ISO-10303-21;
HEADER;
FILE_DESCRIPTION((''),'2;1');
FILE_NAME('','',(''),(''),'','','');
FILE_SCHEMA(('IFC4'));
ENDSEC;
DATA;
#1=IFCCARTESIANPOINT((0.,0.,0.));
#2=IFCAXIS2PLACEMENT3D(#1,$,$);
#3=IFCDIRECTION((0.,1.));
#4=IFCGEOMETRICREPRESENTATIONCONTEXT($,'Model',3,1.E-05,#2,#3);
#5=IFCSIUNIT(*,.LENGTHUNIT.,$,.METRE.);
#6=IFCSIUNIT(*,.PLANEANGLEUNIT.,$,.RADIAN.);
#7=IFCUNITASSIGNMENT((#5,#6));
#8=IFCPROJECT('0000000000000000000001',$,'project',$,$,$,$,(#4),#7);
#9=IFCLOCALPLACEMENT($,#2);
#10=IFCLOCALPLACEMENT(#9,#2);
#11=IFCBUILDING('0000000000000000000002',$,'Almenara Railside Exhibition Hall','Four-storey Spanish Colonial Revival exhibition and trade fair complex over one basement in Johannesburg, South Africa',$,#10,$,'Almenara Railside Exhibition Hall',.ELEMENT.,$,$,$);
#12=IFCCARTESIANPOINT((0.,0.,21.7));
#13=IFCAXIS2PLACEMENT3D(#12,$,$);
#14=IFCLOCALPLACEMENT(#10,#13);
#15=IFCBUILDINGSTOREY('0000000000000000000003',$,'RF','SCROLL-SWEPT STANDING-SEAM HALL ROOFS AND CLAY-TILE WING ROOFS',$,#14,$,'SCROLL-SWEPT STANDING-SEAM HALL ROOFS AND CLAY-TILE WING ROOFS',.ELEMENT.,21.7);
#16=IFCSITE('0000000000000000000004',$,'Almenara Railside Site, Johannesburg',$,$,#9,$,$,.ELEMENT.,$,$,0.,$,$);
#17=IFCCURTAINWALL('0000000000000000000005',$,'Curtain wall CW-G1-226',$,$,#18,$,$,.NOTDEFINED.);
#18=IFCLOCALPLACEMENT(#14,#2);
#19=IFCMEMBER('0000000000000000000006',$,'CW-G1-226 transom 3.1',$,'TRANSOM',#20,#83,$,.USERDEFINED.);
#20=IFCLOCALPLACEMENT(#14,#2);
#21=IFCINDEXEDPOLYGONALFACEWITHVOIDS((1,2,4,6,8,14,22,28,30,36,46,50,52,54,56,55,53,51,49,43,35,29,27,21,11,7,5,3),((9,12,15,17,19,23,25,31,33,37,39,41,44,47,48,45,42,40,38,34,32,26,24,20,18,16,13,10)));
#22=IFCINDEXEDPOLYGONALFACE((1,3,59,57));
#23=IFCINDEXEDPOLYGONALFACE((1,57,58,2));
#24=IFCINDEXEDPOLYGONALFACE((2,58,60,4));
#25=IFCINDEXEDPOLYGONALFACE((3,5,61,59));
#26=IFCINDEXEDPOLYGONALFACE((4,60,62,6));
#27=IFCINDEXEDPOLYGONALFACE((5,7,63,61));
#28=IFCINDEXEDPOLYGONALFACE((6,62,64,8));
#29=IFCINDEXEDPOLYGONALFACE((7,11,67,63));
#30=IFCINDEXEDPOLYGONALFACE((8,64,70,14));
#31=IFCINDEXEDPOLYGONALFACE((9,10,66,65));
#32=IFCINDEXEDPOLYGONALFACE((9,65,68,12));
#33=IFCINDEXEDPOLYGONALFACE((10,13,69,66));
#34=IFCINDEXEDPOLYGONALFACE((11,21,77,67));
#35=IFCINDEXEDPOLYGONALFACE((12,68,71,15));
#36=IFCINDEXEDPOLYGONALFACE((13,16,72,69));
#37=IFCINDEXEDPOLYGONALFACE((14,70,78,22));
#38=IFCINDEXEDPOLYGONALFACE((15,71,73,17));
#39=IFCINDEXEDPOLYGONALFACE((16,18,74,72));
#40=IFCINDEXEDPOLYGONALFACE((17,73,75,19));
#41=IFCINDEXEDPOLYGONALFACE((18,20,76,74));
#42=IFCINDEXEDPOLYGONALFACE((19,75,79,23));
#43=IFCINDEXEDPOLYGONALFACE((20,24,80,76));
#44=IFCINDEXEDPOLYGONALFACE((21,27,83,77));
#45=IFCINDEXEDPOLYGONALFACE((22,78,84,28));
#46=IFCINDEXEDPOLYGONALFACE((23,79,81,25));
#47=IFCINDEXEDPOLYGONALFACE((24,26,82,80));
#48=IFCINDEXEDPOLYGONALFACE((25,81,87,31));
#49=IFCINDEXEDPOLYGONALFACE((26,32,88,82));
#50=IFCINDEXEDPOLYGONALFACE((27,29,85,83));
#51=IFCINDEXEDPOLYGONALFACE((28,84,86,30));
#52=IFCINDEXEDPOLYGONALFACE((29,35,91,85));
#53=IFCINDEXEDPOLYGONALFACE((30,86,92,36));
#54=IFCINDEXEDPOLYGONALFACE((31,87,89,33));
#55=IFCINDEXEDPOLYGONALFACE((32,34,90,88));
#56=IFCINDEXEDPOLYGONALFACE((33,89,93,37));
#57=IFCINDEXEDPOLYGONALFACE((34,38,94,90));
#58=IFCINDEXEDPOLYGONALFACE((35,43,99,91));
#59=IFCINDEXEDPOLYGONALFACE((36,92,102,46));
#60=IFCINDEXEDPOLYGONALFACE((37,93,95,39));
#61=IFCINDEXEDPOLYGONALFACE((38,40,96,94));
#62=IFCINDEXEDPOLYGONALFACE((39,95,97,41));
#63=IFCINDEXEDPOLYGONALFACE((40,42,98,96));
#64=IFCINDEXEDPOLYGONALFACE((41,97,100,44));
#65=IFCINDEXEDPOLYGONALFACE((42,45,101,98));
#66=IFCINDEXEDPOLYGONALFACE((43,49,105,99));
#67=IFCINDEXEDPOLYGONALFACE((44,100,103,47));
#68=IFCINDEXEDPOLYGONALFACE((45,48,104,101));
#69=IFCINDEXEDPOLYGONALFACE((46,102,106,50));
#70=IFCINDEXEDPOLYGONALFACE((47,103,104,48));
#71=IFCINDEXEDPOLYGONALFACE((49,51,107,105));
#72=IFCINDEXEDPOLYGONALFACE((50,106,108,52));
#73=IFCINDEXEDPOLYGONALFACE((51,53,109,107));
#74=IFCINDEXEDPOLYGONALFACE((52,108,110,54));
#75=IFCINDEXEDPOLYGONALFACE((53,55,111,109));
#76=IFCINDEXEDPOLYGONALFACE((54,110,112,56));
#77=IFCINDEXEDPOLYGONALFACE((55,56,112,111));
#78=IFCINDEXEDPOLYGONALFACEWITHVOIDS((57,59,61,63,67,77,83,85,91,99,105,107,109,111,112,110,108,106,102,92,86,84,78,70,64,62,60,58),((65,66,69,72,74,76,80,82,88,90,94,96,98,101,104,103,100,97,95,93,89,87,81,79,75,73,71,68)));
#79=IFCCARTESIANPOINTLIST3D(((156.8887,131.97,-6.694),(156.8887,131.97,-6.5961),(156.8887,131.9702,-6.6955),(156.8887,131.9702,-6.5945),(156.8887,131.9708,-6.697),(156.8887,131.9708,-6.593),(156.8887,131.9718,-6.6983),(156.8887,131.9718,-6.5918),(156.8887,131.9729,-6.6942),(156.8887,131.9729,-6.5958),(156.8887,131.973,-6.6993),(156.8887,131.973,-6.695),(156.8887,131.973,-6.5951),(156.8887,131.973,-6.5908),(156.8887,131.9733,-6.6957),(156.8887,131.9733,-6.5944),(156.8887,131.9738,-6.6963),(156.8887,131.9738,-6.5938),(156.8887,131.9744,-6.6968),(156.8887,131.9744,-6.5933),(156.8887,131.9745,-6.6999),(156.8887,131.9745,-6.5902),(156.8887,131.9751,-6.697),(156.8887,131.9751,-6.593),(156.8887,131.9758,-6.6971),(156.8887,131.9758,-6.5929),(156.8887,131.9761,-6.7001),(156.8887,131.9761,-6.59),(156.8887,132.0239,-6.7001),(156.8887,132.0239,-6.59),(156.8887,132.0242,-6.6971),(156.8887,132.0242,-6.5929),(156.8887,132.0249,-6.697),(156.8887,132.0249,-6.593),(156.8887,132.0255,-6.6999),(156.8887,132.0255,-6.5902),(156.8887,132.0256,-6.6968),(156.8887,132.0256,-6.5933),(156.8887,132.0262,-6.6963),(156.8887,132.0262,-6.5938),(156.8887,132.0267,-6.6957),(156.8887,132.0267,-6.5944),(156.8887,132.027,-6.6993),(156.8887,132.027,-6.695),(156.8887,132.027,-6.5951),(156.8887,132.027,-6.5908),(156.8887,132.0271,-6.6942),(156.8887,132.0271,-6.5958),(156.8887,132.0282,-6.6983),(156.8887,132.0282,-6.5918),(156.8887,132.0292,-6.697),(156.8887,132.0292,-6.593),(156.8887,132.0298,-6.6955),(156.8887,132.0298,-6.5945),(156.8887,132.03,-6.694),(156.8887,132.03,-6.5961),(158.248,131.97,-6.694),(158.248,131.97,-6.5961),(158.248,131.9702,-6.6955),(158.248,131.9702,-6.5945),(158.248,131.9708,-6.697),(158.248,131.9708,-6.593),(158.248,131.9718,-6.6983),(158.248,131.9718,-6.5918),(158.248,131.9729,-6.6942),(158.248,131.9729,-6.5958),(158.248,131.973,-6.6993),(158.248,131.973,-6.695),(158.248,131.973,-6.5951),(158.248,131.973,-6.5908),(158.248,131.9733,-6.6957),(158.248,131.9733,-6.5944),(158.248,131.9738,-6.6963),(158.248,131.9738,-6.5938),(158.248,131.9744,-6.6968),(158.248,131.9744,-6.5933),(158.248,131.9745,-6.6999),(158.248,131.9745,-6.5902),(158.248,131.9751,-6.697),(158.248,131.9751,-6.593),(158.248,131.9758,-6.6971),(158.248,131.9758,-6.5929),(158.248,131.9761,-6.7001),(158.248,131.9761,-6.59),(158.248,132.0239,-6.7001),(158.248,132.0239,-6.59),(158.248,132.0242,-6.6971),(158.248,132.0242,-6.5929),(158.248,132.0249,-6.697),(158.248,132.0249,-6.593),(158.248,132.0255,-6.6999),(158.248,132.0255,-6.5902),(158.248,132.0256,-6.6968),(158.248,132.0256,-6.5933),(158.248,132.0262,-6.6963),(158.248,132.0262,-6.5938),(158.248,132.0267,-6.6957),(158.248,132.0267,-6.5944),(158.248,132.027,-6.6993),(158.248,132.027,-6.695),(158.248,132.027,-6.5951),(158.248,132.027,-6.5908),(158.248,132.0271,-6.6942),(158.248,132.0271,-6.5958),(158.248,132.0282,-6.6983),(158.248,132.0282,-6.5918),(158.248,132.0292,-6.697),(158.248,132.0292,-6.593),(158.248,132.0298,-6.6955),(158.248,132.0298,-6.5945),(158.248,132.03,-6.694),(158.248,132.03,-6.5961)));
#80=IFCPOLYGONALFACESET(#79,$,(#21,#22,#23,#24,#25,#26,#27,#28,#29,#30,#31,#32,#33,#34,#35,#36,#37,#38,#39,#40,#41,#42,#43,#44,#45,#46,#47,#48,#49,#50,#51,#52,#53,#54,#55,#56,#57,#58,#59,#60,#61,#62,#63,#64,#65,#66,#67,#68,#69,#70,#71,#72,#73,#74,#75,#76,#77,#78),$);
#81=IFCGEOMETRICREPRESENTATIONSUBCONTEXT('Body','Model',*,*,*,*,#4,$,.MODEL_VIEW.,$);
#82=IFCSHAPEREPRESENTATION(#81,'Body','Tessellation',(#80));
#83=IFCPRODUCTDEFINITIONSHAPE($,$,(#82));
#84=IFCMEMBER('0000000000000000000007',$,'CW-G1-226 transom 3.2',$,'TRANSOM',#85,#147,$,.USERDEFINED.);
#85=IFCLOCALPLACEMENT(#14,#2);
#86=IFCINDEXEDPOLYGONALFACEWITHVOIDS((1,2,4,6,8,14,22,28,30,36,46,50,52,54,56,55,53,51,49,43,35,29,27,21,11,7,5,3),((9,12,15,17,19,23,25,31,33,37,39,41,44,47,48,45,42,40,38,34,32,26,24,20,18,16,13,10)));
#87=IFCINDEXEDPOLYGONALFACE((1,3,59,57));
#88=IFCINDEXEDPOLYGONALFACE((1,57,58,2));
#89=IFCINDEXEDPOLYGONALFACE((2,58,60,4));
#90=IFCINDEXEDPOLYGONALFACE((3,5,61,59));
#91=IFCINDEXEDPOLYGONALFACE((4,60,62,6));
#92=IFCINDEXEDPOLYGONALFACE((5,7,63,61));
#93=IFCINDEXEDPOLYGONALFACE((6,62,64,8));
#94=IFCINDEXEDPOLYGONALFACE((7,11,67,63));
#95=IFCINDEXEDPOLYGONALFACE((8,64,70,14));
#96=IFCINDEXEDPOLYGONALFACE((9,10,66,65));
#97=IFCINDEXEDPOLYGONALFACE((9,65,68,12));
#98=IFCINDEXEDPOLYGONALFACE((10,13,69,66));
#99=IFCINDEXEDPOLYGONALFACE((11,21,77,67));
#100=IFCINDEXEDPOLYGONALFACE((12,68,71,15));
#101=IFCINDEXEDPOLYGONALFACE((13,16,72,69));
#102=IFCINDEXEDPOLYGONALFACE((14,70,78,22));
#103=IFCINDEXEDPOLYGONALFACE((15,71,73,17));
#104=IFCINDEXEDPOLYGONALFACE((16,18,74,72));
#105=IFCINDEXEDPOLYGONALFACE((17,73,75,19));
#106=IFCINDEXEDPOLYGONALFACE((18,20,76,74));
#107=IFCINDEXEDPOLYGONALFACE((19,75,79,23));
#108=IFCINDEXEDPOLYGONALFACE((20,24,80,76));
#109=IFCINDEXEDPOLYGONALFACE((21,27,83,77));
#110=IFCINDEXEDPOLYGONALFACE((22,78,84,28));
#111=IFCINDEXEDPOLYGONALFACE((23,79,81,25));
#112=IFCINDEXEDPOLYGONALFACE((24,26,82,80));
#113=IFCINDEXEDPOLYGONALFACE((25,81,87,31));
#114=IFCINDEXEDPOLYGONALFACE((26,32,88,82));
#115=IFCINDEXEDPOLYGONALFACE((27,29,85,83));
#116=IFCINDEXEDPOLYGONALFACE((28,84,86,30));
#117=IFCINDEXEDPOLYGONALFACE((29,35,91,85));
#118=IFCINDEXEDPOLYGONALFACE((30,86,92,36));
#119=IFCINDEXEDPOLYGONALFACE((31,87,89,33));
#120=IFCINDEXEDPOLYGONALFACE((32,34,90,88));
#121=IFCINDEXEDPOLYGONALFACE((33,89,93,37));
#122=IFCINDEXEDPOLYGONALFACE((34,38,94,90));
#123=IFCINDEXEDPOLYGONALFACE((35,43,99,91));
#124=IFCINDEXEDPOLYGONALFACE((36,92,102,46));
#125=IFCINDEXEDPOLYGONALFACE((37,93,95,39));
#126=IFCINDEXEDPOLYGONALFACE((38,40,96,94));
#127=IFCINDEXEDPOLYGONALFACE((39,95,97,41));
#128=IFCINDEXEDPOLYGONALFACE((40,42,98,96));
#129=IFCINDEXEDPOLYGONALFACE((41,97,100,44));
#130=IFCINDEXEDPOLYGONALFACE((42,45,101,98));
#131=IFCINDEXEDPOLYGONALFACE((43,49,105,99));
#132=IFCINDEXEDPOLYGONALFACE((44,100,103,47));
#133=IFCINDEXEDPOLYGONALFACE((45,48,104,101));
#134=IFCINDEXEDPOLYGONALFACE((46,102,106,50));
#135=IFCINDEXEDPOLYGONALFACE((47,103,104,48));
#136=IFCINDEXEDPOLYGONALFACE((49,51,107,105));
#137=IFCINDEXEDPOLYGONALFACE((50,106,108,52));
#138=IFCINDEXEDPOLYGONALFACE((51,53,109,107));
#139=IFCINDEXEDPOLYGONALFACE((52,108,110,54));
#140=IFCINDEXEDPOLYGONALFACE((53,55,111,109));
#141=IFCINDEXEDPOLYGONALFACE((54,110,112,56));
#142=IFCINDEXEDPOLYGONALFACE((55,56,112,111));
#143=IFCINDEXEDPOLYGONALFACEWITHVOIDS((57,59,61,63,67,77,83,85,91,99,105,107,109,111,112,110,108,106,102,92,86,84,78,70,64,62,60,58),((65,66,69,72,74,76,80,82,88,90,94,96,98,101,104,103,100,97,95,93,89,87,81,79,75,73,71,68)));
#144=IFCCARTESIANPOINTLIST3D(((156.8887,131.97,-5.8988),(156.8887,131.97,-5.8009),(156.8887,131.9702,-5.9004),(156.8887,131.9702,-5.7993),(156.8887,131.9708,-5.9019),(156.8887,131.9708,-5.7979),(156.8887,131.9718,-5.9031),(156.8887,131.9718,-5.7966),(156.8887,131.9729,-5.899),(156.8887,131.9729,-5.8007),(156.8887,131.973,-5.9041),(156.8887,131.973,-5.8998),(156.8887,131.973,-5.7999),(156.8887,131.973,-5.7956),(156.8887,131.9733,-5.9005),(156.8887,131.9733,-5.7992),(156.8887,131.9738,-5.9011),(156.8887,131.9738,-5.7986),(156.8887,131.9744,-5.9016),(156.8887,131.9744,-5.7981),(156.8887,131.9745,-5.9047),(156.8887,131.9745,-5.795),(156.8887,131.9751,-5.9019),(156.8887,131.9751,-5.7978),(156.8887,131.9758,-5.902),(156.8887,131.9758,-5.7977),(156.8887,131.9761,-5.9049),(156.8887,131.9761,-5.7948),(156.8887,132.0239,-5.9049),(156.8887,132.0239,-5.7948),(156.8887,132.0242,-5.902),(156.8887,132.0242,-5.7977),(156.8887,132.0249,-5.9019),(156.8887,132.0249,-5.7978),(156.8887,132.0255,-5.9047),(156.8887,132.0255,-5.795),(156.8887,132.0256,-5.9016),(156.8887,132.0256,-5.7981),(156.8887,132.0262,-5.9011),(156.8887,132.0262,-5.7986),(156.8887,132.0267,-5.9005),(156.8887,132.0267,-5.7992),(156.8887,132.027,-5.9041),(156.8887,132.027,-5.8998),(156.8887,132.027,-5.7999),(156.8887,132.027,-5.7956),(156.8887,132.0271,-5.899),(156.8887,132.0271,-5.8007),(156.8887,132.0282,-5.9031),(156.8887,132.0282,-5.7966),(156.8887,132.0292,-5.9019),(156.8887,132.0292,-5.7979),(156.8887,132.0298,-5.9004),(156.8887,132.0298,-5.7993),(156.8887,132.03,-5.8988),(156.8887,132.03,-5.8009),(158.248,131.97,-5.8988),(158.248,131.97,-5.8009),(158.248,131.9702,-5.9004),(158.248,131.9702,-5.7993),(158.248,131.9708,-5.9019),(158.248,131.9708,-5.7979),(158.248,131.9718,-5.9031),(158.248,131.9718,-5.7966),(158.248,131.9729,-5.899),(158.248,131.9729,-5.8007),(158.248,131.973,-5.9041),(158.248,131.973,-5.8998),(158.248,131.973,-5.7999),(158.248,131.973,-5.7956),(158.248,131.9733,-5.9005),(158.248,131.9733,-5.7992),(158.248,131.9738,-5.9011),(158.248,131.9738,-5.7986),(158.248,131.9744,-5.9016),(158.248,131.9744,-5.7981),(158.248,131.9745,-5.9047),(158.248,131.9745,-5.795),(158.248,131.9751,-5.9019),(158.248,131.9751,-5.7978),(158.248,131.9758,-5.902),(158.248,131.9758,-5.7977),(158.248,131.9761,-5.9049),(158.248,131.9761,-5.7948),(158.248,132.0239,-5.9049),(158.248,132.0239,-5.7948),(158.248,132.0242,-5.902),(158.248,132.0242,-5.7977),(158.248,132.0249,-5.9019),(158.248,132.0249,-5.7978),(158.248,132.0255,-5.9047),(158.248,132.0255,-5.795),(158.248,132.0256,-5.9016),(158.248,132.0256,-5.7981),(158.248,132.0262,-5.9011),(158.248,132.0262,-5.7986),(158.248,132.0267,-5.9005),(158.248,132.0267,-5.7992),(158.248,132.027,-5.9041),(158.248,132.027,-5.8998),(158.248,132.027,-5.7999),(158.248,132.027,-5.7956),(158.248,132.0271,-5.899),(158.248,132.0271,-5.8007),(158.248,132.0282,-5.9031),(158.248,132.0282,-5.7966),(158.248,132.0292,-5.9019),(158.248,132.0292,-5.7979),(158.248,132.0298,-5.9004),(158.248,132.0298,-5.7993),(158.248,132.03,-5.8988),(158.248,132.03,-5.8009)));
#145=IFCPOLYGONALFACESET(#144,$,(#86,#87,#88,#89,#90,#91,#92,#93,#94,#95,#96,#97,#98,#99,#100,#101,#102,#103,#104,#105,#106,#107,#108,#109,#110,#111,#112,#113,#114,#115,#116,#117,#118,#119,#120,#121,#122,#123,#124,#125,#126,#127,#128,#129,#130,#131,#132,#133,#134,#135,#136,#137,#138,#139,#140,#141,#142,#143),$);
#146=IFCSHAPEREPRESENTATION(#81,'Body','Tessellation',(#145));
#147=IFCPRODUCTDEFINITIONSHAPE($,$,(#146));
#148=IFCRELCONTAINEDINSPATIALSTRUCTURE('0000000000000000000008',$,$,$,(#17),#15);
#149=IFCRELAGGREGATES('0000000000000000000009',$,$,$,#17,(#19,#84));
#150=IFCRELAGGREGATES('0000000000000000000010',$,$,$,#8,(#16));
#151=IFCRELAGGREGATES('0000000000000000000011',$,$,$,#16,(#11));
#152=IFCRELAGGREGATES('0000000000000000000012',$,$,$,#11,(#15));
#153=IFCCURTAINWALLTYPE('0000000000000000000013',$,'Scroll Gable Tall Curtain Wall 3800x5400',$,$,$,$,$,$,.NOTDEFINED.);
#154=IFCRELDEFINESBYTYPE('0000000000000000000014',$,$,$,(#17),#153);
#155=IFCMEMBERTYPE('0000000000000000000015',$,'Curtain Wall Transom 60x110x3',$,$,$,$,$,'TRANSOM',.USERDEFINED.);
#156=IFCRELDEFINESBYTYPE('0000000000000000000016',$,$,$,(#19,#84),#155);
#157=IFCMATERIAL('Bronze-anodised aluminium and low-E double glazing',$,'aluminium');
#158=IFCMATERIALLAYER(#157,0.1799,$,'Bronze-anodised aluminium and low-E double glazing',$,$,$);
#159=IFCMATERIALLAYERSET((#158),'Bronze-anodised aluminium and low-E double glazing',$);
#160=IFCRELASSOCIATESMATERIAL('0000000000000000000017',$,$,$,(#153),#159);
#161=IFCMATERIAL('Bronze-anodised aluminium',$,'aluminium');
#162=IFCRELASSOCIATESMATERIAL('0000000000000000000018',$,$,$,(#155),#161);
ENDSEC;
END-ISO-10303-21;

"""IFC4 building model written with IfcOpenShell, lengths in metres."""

from ifc_helpers import new_model, si_unit, direction, frame, origin, origin_2d, place, context, subcontext, project, spatial, hollow_rectangle, extrude, material, layer, layer_set, material_profile, profile_set, type_object, element, aggregate, save


model = new_model("IFC4")

# Units and contexts
model_context = context("Model", 3, precision=1e-05, world=origin(), true_north=direction((0.0, 1.0)))
body_context = subcontext(model_context, "Body", "Model", "MODEL_VIEW")
ifc_project = project(units=[si_unit("LENGTHUNIT", "METRE"), si_unit("PLANEANGLEUNIT", "RADIAN")], contexts=[model_context])

# Site, building, storey
site_placement = place(None, origin())
site = spatial("IfcSite", under=ifc_project, at=site_placement, Name="Almenara Railside Site, Johannesburg", CompositionType="ELEMENT", RefElevation=0.0)
building_placement = place(site_placement, origin())
building = spatial("IfcBuilding", under=site, at=building_placement, Name="Almenara Railside Exhibition Hall", Description="Four-storey Spanish Colonial Revival exhibition and trade fair complex over one basement in Johannesburg, South Africa", LongName="Almenara Railside Exhibition Hall", CompositionType="ELEMENT")
storey_placement = place(building_placement, frame((0.0, 0.0, 21.7)))
storey = spatial("IfcBuildingStorey", under=building, at=storey_placement, Name="RF", Description="SCROLL-SWEPT STANDING-SEAM HALL ROOFS AND CLAY-TILE WING ROOFS", LongName="SCROLL-SWEPT STANDING-SEAM HALL ROOFS AND CLAY-TILE WING ROOFS", CompositionType="ELEMENT", Elevation=21.7)

# Curtain wall
ifc_material_1 = material(Name="Bronze-anodised aluminium and low-E double glazing", Category="aluminium")
ifc_layer_1 = layer(ifc_material_1, 0.1799, Name="Bronze-anodised aluminium and low-E double glazing")
ifc_layer_set_1 = layer_set([ifc_layer_1], Name="Bronze-anodised aluminium and low-E double glazing")
curtain_wall_type = type_object("IfcCurtainWallType", Name="Scroll Gable Tall Curtain Wall 3800x5400", PredefinedType="NOTDEFINED", material=ifc_layer_set_1)
ifc_material_2 = material(Name="Bronze-anodised aluminium", Category="aluminium")
curtain_wall_1_placement = place(storey_placement, origin())
curtain_wall_1 = element("IfcCurtainWall", 1, at=curtain_wall_1_placement, inside=storey, type_object=curtain_wall_type, Name="Curtain wall CW-G1-226", PredefinedType="NOTDEFINED")

# Members
ifc_material_profile_1 = material_profile(ifc_material_2, hollow_rectangle(XDim=0.0601, YDim=0.1101, WallThickness=0.0029, InnerFilletRadius=0.0029, OuterFilletRadius=0.0061, at=origin_2d()), Name="ALU-TRN 60x110x3")
ifc_profile_set_1 = profile_set([ifc_material_profile_1], Name="Bronze-anodised aluminium")
member_type_1 = type_object("IfcMemberType", Name="Curtain Wall Transom 60x110x3", ElementType="TRANSOM", PredefinedType="USERDEFINED", material=ifc_profile_set_1)
member_1_placement = place(storey_placement, frame((156.8887, 132.0, -6.645), z_axis=(1.0, 0.0, 0.0), x_axis=(0.0, 1.0, 0.0)))
member_1 = element("IfcMember", 2, at=member_1_placement, type_object=member_type_1, Name="CW-G1-226 transom 3.1", ObjectType="TRANSOM", PredefinedType="USERDEFINED", context=body_context, shape_type="SweptSolid", body=[
    extrude(hollow_rectangle(XDim=0.0601, YDim=0.1101, WallThickness=0.0029, InnerFilletRadius=0.0029, OuterFilletRadius=0.0061, at=origin_2d()), origin(), (0.0, 0.0, 1.0), 1.3594),
])
member_2_placement = place(storey_placement, frame((156.8887, 132.0, -5.8499), z_axis=(1.0, 0.0, 0.0), x_axis=(0.0, 1.0, 0.0)))
member_2 = element("IfcMember", 3, at=member_2_placement, type_object=member_type_1, Name="CW-G1-226 transom 3.2", ObjectType="TRANSOM", PredefinedType="USERDEFINED", context=body_context, shape_type="SweptSolid", body=[
    extrude(hollow_rectangle(XDim=0.0601, YDim=0.1101, WallThickness=0.0029, InnerFilletRadius=0.0029, OuterFilletRadius=0.0061, at=origin_2d()), origin(), (0.0, 0.0, 1.0), 1.3594),
])

aggregate(curtain_wall_1, [member_1, member_2])

save(model, "model.ifc")
